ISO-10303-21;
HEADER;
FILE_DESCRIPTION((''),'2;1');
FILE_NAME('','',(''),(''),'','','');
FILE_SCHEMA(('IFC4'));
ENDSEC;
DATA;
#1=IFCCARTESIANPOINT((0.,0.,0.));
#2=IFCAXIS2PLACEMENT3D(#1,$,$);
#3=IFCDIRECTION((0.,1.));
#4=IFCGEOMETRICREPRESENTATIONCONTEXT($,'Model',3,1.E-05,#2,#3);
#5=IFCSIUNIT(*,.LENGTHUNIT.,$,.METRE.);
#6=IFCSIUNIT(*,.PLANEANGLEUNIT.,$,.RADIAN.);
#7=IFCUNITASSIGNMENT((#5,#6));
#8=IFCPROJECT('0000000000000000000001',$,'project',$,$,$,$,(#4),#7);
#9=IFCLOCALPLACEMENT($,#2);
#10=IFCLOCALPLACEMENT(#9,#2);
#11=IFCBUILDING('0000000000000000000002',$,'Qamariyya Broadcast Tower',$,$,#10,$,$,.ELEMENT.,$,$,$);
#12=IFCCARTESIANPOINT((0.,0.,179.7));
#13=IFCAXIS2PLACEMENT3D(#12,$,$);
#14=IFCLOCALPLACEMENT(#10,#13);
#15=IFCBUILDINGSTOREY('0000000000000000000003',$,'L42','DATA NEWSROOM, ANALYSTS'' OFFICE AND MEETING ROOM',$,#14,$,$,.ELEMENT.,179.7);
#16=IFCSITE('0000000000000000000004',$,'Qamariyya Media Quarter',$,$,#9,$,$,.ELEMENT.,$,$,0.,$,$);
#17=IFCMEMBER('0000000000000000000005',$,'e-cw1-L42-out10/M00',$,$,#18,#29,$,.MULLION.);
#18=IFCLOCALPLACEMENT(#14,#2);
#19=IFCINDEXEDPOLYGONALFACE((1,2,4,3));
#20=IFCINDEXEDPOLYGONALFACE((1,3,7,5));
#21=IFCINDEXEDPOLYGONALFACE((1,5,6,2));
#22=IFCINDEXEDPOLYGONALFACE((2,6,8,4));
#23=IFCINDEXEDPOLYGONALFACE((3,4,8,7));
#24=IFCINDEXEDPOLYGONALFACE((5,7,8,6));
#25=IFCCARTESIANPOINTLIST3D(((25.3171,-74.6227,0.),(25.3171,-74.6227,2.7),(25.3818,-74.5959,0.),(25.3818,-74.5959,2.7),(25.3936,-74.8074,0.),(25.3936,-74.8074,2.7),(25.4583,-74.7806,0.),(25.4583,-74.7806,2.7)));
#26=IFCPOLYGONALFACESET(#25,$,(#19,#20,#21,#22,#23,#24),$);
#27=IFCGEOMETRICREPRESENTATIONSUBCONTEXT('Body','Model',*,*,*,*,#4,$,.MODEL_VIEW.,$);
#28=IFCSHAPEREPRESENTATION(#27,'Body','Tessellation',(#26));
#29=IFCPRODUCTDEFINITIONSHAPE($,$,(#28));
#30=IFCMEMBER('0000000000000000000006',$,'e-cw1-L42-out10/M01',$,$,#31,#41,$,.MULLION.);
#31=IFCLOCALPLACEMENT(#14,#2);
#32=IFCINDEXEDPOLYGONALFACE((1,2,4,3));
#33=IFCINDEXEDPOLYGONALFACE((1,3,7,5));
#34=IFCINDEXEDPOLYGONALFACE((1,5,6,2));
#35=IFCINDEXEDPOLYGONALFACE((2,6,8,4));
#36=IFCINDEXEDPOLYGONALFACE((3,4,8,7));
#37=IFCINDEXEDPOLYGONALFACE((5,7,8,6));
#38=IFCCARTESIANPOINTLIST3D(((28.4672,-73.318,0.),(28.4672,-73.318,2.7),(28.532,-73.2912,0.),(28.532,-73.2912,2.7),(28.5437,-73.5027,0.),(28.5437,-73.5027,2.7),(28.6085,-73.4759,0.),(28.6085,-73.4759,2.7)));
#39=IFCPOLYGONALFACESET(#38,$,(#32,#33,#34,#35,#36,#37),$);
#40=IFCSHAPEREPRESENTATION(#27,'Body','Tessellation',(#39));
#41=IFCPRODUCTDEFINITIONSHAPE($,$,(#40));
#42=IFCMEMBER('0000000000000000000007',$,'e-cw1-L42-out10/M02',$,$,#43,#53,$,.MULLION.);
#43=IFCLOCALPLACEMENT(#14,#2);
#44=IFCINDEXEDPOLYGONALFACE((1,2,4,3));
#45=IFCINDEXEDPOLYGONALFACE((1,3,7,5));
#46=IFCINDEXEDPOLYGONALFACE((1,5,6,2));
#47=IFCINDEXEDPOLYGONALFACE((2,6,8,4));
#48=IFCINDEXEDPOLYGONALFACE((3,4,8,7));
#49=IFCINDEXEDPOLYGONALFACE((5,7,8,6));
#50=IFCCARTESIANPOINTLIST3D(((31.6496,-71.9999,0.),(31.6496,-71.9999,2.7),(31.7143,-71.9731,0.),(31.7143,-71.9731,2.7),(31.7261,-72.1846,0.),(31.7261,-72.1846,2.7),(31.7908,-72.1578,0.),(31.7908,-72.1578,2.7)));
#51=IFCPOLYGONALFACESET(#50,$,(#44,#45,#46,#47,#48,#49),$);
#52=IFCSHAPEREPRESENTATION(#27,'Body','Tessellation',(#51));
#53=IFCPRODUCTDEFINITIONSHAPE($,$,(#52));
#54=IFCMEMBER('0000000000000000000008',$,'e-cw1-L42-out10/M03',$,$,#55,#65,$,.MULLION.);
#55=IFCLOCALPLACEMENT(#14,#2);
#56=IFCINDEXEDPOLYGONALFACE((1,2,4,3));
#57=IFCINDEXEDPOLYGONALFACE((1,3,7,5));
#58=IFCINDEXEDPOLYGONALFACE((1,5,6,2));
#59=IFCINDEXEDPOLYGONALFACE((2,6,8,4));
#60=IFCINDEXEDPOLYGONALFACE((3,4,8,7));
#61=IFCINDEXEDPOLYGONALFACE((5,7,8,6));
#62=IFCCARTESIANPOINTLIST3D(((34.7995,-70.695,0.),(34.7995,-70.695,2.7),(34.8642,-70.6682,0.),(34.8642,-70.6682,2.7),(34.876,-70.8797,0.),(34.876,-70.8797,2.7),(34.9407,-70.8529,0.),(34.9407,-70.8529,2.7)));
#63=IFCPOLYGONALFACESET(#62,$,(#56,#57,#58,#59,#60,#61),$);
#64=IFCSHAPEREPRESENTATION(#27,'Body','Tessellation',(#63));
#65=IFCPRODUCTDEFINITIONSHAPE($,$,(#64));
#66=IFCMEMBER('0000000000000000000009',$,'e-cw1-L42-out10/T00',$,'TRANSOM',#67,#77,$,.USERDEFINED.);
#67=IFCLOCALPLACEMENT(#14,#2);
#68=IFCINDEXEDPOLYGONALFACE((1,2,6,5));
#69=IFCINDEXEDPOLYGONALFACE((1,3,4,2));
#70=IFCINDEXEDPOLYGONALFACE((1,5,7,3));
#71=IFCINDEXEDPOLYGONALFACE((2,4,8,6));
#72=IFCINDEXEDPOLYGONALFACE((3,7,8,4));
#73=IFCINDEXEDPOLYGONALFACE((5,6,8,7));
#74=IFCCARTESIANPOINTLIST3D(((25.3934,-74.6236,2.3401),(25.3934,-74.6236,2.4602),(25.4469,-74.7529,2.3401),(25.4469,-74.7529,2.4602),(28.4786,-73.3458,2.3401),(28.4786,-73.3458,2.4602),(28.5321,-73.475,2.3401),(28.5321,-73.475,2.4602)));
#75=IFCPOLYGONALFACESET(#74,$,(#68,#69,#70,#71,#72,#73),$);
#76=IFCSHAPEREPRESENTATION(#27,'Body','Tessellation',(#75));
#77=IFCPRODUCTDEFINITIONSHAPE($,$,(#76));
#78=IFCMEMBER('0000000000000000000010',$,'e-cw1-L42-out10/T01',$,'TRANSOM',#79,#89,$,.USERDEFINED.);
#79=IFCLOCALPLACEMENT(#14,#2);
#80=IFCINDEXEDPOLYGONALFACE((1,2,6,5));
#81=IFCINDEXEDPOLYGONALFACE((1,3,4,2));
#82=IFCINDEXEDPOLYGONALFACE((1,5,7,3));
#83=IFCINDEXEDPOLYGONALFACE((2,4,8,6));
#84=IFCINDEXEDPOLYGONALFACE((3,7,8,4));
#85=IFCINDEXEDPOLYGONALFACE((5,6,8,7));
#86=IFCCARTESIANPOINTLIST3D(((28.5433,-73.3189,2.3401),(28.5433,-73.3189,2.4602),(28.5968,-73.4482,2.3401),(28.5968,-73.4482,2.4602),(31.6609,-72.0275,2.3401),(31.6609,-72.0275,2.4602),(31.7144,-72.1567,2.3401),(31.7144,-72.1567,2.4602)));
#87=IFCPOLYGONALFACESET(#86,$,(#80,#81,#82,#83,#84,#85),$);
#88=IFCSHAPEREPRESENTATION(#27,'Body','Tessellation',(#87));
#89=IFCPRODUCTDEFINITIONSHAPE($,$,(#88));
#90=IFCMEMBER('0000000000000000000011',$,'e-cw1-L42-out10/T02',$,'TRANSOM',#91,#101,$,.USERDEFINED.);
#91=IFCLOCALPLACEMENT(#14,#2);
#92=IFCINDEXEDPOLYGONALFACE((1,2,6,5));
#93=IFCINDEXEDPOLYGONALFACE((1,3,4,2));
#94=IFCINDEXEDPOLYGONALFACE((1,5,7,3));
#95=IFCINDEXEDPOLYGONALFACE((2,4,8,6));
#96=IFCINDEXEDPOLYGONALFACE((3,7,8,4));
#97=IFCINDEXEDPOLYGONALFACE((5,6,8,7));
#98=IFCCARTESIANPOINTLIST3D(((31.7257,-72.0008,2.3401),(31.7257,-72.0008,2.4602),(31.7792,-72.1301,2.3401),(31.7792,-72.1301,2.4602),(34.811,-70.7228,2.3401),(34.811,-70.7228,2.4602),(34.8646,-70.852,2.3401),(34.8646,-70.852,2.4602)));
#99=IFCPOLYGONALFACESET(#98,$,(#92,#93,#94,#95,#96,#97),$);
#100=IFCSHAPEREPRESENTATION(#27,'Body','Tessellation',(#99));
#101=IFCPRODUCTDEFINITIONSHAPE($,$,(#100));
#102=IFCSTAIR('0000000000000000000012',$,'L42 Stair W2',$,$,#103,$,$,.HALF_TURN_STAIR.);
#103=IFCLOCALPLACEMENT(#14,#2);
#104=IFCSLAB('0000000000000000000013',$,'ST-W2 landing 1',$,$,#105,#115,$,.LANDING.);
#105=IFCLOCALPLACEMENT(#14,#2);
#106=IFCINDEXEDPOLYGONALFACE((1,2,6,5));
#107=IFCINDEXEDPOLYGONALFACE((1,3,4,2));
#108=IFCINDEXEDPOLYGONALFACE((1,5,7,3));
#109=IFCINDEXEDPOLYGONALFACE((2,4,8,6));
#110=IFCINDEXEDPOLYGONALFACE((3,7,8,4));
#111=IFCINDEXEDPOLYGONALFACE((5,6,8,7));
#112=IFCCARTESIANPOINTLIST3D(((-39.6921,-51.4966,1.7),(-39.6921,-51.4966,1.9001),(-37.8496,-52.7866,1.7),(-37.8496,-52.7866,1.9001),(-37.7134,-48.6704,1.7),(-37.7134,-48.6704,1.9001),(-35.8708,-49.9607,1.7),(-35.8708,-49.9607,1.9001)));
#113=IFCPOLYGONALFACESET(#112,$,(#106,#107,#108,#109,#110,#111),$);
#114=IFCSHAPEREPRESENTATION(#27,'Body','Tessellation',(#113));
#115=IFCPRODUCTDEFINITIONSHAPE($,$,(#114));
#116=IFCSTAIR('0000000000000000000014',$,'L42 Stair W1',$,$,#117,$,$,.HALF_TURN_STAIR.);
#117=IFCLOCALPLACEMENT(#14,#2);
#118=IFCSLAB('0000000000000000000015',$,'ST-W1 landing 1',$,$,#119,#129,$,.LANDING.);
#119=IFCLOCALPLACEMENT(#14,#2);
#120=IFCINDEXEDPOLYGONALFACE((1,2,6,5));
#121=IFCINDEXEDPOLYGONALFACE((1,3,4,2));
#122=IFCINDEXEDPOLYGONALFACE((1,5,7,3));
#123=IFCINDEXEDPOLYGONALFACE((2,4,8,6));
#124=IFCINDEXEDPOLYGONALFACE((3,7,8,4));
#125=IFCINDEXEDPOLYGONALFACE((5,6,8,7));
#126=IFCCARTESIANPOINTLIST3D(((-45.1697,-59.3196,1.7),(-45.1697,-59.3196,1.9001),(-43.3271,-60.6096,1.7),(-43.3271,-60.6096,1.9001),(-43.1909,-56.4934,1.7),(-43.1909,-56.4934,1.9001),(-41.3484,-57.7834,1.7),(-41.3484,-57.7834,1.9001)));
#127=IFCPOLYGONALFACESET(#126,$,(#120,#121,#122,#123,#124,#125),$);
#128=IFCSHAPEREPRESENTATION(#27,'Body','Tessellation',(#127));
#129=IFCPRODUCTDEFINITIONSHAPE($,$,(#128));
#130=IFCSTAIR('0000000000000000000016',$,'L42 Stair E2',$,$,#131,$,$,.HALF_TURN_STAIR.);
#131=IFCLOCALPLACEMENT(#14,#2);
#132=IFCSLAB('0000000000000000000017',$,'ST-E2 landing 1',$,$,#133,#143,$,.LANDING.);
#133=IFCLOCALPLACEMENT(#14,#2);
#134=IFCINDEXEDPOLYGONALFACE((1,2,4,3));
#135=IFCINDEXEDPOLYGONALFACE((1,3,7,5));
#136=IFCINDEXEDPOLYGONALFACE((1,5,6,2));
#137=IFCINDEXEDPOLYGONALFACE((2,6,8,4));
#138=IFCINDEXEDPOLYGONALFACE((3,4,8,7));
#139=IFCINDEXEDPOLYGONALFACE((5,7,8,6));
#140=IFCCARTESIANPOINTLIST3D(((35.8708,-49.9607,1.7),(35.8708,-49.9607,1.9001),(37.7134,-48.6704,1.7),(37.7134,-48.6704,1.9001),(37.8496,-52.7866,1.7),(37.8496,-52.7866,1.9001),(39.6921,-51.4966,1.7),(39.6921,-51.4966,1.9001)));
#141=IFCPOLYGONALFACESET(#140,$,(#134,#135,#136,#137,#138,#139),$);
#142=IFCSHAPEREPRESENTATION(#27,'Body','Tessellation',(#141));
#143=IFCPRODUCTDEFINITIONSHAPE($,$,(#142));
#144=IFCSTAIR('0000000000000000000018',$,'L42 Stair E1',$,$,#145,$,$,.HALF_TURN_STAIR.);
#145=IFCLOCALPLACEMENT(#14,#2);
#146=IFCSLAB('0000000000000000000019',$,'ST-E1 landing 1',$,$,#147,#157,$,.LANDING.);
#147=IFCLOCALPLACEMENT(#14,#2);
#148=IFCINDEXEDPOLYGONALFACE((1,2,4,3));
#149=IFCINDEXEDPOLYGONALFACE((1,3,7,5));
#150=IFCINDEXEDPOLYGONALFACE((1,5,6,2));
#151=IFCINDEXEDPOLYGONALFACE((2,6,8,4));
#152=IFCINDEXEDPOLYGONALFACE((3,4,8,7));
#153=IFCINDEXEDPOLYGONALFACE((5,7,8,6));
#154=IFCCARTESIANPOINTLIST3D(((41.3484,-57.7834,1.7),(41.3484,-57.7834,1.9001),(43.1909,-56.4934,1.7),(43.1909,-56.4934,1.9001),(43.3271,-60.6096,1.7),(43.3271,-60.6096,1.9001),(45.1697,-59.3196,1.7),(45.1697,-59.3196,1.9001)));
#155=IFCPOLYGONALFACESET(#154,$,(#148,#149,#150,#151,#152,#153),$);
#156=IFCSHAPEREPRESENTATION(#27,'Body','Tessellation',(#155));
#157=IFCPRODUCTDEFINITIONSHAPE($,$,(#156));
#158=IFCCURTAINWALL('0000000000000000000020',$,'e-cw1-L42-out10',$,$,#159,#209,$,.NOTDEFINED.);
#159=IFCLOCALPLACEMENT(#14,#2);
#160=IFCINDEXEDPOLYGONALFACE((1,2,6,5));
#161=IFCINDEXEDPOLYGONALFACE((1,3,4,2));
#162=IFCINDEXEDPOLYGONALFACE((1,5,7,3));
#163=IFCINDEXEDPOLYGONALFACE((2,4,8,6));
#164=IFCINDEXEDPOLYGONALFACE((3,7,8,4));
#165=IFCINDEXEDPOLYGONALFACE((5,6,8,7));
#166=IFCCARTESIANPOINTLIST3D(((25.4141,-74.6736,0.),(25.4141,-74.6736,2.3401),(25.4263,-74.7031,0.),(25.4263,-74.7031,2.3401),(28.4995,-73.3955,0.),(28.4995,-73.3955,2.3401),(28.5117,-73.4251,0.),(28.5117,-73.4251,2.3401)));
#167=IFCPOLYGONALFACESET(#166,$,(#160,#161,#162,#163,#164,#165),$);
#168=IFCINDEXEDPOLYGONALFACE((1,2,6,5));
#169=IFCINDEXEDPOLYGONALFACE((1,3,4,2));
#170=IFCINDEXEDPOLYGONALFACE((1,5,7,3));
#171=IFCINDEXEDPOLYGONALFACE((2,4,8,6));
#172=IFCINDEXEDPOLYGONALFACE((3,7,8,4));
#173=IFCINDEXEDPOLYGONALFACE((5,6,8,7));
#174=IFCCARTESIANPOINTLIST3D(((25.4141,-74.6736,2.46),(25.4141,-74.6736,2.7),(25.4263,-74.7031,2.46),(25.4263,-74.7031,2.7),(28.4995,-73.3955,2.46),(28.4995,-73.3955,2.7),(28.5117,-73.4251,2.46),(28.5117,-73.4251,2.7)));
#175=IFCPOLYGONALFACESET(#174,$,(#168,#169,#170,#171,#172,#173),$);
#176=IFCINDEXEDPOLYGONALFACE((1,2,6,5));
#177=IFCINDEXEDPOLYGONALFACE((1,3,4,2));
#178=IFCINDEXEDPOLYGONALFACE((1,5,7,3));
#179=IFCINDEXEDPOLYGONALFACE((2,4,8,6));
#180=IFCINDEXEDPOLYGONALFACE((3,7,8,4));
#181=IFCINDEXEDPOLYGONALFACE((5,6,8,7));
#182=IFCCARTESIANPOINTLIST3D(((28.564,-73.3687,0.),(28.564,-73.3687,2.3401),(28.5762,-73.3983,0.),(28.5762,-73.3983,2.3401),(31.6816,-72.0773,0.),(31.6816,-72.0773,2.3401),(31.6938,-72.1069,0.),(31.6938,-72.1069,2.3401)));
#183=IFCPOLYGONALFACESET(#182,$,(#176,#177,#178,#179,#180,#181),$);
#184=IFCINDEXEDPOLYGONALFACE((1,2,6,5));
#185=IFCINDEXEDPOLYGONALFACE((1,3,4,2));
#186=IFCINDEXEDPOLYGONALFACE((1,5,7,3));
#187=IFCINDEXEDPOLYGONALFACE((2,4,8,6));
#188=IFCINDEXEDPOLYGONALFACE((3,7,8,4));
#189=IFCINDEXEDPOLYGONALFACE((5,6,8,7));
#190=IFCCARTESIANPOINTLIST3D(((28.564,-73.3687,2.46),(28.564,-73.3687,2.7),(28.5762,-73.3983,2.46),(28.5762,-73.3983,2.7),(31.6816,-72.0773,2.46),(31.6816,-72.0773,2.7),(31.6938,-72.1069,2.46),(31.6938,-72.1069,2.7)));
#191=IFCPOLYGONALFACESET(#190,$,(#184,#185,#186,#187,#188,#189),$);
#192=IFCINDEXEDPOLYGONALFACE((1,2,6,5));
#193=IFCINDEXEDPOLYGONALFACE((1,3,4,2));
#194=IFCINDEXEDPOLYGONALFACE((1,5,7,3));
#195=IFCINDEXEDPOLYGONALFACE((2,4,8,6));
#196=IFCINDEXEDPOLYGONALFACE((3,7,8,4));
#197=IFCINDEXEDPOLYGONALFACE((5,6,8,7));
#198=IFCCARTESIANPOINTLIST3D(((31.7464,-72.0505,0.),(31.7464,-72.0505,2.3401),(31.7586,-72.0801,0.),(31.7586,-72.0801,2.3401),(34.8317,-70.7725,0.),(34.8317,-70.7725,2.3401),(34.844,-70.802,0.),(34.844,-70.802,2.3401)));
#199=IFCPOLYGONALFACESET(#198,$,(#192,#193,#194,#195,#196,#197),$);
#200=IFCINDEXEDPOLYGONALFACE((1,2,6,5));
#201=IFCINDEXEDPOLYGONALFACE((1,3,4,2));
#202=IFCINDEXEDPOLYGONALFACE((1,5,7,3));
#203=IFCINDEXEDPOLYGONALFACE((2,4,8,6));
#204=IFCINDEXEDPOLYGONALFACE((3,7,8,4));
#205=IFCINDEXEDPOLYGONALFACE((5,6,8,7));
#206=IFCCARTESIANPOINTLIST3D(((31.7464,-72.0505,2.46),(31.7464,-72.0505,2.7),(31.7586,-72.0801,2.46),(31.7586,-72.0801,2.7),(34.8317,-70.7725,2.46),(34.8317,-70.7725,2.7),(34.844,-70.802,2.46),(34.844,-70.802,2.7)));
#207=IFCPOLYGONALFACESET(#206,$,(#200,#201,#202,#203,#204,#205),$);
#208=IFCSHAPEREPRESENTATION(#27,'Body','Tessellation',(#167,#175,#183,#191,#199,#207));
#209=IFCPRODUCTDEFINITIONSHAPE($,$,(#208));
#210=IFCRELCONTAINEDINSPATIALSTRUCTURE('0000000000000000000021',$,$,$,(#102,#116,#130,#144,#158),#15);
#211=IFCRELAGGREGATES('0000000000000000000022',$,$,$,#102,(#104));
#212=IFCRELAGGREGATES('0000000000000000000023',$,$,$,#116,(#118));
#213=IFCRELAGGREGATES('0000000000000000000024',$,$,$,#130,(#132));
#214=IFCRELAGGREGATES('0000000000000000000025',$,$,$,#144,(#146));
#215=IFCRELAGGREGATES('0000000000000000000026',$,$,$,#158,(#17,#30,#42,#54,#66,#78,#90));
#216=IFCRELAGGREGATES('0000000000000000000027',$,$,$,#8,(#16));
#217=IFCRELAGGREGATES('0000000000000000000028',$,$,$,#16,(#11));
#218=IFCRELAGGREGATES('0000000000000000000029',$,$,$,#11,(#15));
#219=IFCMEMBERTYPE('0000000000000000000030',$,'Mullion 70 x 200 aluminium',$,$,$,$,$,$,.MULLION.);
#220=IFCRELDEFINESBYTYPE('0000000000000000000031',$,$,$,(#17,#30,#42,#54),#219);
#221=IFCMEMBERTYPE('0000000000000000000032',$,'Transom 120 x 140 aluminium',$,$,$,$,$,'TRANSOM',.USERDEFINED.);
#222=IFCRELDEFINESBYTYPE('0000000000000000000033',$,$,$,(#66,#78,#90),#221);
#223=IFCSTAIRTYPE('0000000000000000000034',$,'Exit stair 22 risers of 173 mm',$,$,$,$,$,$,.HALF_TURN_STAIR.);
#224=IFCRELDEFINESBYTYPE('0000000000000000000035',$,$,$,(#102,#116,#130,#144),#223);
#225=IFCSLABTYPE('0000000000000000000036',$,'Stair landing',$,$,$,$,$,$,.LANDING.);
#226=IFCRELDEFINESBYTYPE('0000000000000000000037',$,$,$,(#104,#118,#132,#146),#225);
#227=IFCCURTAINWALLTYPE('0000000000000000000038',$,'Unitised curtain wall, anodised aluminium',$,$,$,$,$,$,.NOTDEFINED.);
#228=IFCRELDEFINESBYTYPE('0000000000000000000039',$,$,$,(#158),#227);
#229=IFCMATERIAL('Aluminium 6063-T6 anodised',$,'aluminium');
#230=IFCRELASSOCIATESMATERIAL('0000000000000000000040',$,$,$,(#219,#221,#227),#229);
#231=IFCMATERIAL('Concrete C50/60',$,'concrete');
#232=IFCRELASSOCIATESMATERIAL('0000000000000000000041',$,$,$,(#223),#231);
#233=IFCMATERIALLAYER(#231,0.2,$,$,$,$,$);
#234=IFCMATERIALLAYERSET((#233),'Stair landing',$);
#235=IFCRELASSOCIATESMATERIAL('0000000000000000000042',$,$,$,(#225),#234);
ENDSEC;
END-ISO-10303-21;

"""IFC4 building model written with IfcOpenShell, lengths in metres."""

from ifc_helpers import new_model, si_unit, direction, frame, origin, origin_2d, place, context, subcontext, project, spatial, polyline, rectangle, outline, extrude, material, layer, layer_set, material_profile, profile_set, type_object, element, aggregate, save


model = new_model("IFC4")

# Units and contexts
model_context = context("Model", 3, precision=1e-05, world=origin(), true_north=direction((0.0, 1.0)))
body_context = subcontext(model_context, "Body", "Model", "MODEL_VIEW")
ifc_project = project(units=[si_unit("LENGTHUNIT", "METRE"), si_unit("PLANEANGLEUNIT", "RADIAN")], contexts=[model_context])

# Members
ifc_material_1 = material(Name="Aluminium 6063-T6 anodised", Category="aluminium")
ifc_material_profile_1 = material_profile(ifc_material_1, rectangle(XDim=0.2, YDim=0.0701, at=origin_2d()))
ifc_profile_set_1 = profile_set([ifc_material_profile_1], Name="Aluminium 6063-T6 anodised")
member_type_1 = type_object("IfcMemberType", Name="Mullion 70 x 200 aluminium", PredefinedType="MULLION", material=ifc_profile_set_1)
site_placement = place(None, origin())
building_placement = place(site_placement, origin())
storey_placement = place(building_placement, frame((0.0, 0.0, 179.7)))
member_1_placement = place(storey_placement, frame((25.3877, -74.7017, 0.0), z_axis=(0.0, 0.0, 1.0), x_axis=(-0.382683, 0.92388, 0.0)))
member_1 = element("IfcMember", 1, at=member_1_placement, type_object=member_type_1, Name="e-cw1-L42-out10/M00", PredefinedType="MULLION", context=body_context, shape_type="SweptSolid", body=[
    extrude(rectangle(XDim=0.2, YDim=0.0701, at=origin_2d()), origin(), (0.0, 0.0, 1.0), 2.7),
])
member_2_placement = place(storey_placement, frame((28.5378, -73.397, 0.0), z_axis=(0.0, 0.0, 1.0), x_axis=(-0.382683, 0.92388, 0.0)))
member_2 = element("IfcMember", 2, at=member_2_placement, type_object=member_type_1, Name="e-cw1-L42-out10/M01", PredefinedType="MULLION", context=body_context, shape_type="SweptSolid", body=[
    extrude(rectangle(XDim=0.2, YDim=0.0701, at=origin_2d()), origin(), (0.0, 0.0, 1.0), 2.7),
])
member_3_placement = place(storey_placement, frame((31.7202, -72.0789, 0.0), z_axis=(0.0, 0.0, 1.0), x_axis=(-0.382683, 0.92388, 0.0)))
member_3 = element("IfcMember", 3, at=member_3_placement, type_object=member_type_1, Name="e-cw1-L42-out10/M02", PredefinedType="MULLION", context=body_context, shape_type="SweptSolid", body=[
    extrude(rectangle(XDim=0.2, YDim=0.0701, at=origin_2d()), origin(), (0.0, 0.0, 1.0), 2.7),
])
member_4_placement = place(storey_placement, frame((34.8701, -70.7739, 0.0), z_axis=(0.0, 0.0, 1.0), x_axis=(-0.382683, 0.92388, 0.0)))
member_4 = element("IfcMember", 4, at=member_4_placement, type_object=member_type_1, Name="e-cw1-L42-out10/M03", PredefinedType="MULLION", context=body_context, shape_type="SweptSolid", body=[
    extrude(rectangle(XDim=0.2, YDim=0.0701, at=origin_2d()), origin(), (0.0, 0.0, 1.0), 2.7),
])
ifc_material_profile_2 = material_profile(ifc_material_1, rectangle(XDim=0.1399, YDim=0.1201, at=origin_2d()))
ifc_profile_set_2 = profile_set([ifc_material_profile_2], Name="Aluminium 6063-T6 anodised")
member_type_2 = type_object("IfcMemberType", Name="Transom 120 x 140 aluminium", ElementType="TRANSOM", PredefinedType="USERDEFINED", material=ifc_profile_set_2)
member_5_placement = place(storey_placement, frame((25.4202, -74.6882, 2.4001), z_axis=(0.92389, 0.382657, 0.0), x_axis=(-0.382657, 0.92389, 0.0)))
member_5 = element("IfcMember", 5, at=member_5_placement, type_object=member_type_2, Name="e-cw1-L42-out10/T00", ObjectType="TRANSOM", PredefinedType="USERDEFINED", context=body_context, shape_type="SweptSolid", body=[
    extrude(rectangle(XDim=0.1399, YDim=0.1201, at=origin_2d()), origin(), (0.0, 0.0, 1.0), 3.3394),
])
member_6_placement = place(storey_placement, frame((28.5701, -73.3835, 2.4001), z_axis=(0.923867, 0.382714, 0.0), x_axis=(-0.382714, 0.923867, 0.0)))
member_6 = element("IfcMember", 6, at=member_6_placement, type_object=member_type_2, Name="e-cw1-L42-out10/T01", ObjectType="TRANSOM", PredefinedType="USERDEFINED", context=body_context, shape_type="SweptSolid", body=[
    extrude(rectangle(XDim=0.1399, YDim=0.1201, at=origin_2d()), origin(), (0.0, 0.0, 1.0), 3.3745),
])
member_7_placement = place(storey_placement, frame((31.7524, -72.0654, 2.4001), z_axis=(0.923875, 0.382694, 0.0), x_axis=(-0.382694, 0.923875, 0.0)))
member_7 = element("IfcMember", 7, at=member_7_placement, type_object=member_type_2, Name="e-cw1-L42-out10/T02", ObjectType="TRANSOM", PredefinedType="USERDEFINED", context=body_context, shape_type="SweptSolid", body=[
    extrude(rectangle(XDim=0.1399, YDim=0.1201, at=origin_2d()), origin(), (0.0, 0.0, 1.0), 3.3396),
])

# Site, building, storey
site = spatial("IfcSite", under=ifc_project, at=site_placement, Name="Qamariyya Media Quarter", CompositionType="ELEMENT", RefElevation=0.0)
building = spatial("IfcBuilding", under=site, at=building_placement, Name="Qamariyya Broadcast Tower", CompositionType="ELEMENT")
storey = spatial("IfcBuildingStorey", under=building, at=storey_placement, Name="L42", Description="DATA NEWSROOM, ANALYSTS' OFFICE AND MEETING ROOM", CompositionType="ELEMENT", Elevation=179.7)

# Stairs, slabs
ifc_material_2 = material(Name="Concrete C50/60", Category="concrete")
stair_type = type_object("IfcStairType", Name="Exit stair 22 risers of 173 mm", PredefinedType="HALF_TURN_STAIR", material=ifc_material_2)
stair_1_placement = place(storey_placement, origin())
stair_1 = element("IfcStair", 8, at=stair_1_placement, inside=storey, type_object=stair_type, Name="L42 Stair W2", PredefinedType="HALF_TURN_STAIR")
ifc_layer = layer(ifc_material_2, 0.2)
ifc_layer_set = layer_set([ifc_layer], Name="Stair landing")
slab_type = type_object("IfcSlabType", Name="Stair landing", PredefinedType="LANDING", material=ifc_layer_set)
slab_1_placement = place(storey_placement, frame((0.0, 0.0, 1.7)))
slab_1 = element("IfcSlab", 9, at=slab_1_placement, type_object=slab_type, Name="ST-W2 landing 1", PredefinedType="LANDING", context=body_context, shape_type="SweptSolid", body=[
    extrude(outline(polyline([(-39.6921, -51.4966), (-37.8496, -52.7866), (-35.8708, -49.9607), (-37.7134, -48.6704), (-39.6921, -51.4966)])), origin(), (0.0, 0.0, 1.0), 0.2002),
])
aggregate(stair_1, [slab_1])
stair_2_placement = place(storey_placement, origin())
stair_2 = element("IfcStair", 10, at=stair_2_placement, inside=storey, type_object=stair_type, Name="L42 Stair W1", PredefinedType="HALF_TURN_STAIR")
slab_2_placement = place(storey_placement, frame((0.0, 0.0, 1.7)))
slab_2 = element("IfcSlab", 11, at=slab_2_placement, type_object=slab_type, Name="ST-W1 landing 1", PredefinedType="LANDING", context=body_context, shape_type="SweptSolid", body=[
    extrude(outline(polyline([(-45.1697, -59.3196), (-43.3271, -60.6096), (-41.3484, -57.7834), (-43.1909, -56.4934), (-45.1697, -59.3196)])), origin(), (0.0, 0.0, 1.0), 0.2002),
])
aggregate(stair_2, [slab_2])
stair_3_placement = place(storey_placement, origin())
stair_3 = element("IfcStair", 12, at=stair_3_placement, inside=storey, type_object=stair_type, Name="L42 Stair E2", PredefinedType="HALF_TURN_STAIR")
slab_3_placement = place(storey_placement, frame((0.0, 0.0, 1.7)))
slab_3 = element("IfcSlab", 13, at=slab_3_placement, type_object=slab_type, Name="ST-E2 landing 1", PredefinedType="LANDING", context=body_context, shape_type="SweptSolid", body=[
    extrude(outline(polyline([(37.7134, -48.6704), (35.8708, -49.9607), (37.8496, -52.7866), (39.6921, -51.4966), (37.7134, -48.6704)])), origin(), (0.0, 0.0, 1.0), 0.2002),
])
aggregate(stair_3, [slab_3])
stair_4_placement = place(storey_placement, origin())
stair_4 = element("IfcStair", 14, at=stair_4_placement, inside=storey, type_object=stair_type, Name="L42 Stair E1", PredefinedType="HALF_TURN_STAIR")
slab_4_placement = place(storey_placement, frame((0.0, 0.0, 1.7)))
slab_4 = element("IfcSlab", 15, at=slab_4_placement, type_object=slab_type, Name="ST-E1 landing 1", PredefinedType="LANDING", context=body_context, shape_type="SweptSolid", body=[
    extrude(outline(polyline([(43.1909, -56.4934), (41.3484, -57.7834), (43.3271, -60.6096), (45.1697, -59.3196), (43.1909, -56.4934)])), origin(), (0.0, 0.0, 1.0), 0.2002),
])
aggregate(stair_4, [slab_4])

# Curtain wall
curtain_wall_type = type_object("IfcCurtainWallType", Name="Unitised curtain wall, anodised aluminium", PredefinedType="NOTDEFINED", material=ifc_material_1)
curtain_wall_placement = place(storey_placement, origin())
curtain_wall = element("IfcCurtainWall", 16, at=curtain_wall_placement, inside=storey, type_object=curtain_wall_type, Name="e-cw1-L42-out10", PredefinedType="NOTDEFINED", context=body_context, shape_type="SweptSolid", body=[
    extrude(rectangle(XDim=3.3396, YDim=0.032, at=origin_2d()), frame((26.9629, -74.0493, 0.0), x_axis=(0.923878, 0.382687, 0.0)), (0.0, 0.0, 1.0), 2.3401),
    extrude(rectangle(XDim=3.3396, YDim=0.032, at=origin_2d()), frame((26.9629, -74.0493, 2.46), x_axis=(0.923878, 0.382687, 0.0)), (0.0, 0.0, 1.0), 0.24),
    extrude(rectangle(XDim=3.3745, YDim=0.032, at=origin_2d()), frame((30.1289, -72.7378, 0.0), x_axis=(0.923878, 0.382687, 0.0)), (0.0, 0.0, 1.0), 2.3401),
    extrude(rectangle(XDim=3.3745, YDim=0.032, at=origin_2d()), frame((30.1289, -72.7378, 2.46), x_axis=(0.923878, 0.382687, 0.0)), (0.0, 0.0, 1.0), 0.24),
    extrude(rectangle(XDim=3.3396, YDim=0.032, at=origin_2d()), frame((33.2952, -71.4263, 0.0), x_axis=(0.923878, 0.382687, 0.0)), (0.0, 0.0, 1.0), 2.3401),
    extrude(rectangle(XDim=3.3396, YDim=0.032, at=origin_2d()), frame((33.2952, -71.4263, 2.46), x_axis=(0.923878, 0.382687, 0.0)), (0.0, 0.0, 1.0), 0.24),
])
aggregate(curtain_wall, [member_1, member_2, member_3, member_4, member_5, member_6, member_7])

save(model, "model.ifc")
